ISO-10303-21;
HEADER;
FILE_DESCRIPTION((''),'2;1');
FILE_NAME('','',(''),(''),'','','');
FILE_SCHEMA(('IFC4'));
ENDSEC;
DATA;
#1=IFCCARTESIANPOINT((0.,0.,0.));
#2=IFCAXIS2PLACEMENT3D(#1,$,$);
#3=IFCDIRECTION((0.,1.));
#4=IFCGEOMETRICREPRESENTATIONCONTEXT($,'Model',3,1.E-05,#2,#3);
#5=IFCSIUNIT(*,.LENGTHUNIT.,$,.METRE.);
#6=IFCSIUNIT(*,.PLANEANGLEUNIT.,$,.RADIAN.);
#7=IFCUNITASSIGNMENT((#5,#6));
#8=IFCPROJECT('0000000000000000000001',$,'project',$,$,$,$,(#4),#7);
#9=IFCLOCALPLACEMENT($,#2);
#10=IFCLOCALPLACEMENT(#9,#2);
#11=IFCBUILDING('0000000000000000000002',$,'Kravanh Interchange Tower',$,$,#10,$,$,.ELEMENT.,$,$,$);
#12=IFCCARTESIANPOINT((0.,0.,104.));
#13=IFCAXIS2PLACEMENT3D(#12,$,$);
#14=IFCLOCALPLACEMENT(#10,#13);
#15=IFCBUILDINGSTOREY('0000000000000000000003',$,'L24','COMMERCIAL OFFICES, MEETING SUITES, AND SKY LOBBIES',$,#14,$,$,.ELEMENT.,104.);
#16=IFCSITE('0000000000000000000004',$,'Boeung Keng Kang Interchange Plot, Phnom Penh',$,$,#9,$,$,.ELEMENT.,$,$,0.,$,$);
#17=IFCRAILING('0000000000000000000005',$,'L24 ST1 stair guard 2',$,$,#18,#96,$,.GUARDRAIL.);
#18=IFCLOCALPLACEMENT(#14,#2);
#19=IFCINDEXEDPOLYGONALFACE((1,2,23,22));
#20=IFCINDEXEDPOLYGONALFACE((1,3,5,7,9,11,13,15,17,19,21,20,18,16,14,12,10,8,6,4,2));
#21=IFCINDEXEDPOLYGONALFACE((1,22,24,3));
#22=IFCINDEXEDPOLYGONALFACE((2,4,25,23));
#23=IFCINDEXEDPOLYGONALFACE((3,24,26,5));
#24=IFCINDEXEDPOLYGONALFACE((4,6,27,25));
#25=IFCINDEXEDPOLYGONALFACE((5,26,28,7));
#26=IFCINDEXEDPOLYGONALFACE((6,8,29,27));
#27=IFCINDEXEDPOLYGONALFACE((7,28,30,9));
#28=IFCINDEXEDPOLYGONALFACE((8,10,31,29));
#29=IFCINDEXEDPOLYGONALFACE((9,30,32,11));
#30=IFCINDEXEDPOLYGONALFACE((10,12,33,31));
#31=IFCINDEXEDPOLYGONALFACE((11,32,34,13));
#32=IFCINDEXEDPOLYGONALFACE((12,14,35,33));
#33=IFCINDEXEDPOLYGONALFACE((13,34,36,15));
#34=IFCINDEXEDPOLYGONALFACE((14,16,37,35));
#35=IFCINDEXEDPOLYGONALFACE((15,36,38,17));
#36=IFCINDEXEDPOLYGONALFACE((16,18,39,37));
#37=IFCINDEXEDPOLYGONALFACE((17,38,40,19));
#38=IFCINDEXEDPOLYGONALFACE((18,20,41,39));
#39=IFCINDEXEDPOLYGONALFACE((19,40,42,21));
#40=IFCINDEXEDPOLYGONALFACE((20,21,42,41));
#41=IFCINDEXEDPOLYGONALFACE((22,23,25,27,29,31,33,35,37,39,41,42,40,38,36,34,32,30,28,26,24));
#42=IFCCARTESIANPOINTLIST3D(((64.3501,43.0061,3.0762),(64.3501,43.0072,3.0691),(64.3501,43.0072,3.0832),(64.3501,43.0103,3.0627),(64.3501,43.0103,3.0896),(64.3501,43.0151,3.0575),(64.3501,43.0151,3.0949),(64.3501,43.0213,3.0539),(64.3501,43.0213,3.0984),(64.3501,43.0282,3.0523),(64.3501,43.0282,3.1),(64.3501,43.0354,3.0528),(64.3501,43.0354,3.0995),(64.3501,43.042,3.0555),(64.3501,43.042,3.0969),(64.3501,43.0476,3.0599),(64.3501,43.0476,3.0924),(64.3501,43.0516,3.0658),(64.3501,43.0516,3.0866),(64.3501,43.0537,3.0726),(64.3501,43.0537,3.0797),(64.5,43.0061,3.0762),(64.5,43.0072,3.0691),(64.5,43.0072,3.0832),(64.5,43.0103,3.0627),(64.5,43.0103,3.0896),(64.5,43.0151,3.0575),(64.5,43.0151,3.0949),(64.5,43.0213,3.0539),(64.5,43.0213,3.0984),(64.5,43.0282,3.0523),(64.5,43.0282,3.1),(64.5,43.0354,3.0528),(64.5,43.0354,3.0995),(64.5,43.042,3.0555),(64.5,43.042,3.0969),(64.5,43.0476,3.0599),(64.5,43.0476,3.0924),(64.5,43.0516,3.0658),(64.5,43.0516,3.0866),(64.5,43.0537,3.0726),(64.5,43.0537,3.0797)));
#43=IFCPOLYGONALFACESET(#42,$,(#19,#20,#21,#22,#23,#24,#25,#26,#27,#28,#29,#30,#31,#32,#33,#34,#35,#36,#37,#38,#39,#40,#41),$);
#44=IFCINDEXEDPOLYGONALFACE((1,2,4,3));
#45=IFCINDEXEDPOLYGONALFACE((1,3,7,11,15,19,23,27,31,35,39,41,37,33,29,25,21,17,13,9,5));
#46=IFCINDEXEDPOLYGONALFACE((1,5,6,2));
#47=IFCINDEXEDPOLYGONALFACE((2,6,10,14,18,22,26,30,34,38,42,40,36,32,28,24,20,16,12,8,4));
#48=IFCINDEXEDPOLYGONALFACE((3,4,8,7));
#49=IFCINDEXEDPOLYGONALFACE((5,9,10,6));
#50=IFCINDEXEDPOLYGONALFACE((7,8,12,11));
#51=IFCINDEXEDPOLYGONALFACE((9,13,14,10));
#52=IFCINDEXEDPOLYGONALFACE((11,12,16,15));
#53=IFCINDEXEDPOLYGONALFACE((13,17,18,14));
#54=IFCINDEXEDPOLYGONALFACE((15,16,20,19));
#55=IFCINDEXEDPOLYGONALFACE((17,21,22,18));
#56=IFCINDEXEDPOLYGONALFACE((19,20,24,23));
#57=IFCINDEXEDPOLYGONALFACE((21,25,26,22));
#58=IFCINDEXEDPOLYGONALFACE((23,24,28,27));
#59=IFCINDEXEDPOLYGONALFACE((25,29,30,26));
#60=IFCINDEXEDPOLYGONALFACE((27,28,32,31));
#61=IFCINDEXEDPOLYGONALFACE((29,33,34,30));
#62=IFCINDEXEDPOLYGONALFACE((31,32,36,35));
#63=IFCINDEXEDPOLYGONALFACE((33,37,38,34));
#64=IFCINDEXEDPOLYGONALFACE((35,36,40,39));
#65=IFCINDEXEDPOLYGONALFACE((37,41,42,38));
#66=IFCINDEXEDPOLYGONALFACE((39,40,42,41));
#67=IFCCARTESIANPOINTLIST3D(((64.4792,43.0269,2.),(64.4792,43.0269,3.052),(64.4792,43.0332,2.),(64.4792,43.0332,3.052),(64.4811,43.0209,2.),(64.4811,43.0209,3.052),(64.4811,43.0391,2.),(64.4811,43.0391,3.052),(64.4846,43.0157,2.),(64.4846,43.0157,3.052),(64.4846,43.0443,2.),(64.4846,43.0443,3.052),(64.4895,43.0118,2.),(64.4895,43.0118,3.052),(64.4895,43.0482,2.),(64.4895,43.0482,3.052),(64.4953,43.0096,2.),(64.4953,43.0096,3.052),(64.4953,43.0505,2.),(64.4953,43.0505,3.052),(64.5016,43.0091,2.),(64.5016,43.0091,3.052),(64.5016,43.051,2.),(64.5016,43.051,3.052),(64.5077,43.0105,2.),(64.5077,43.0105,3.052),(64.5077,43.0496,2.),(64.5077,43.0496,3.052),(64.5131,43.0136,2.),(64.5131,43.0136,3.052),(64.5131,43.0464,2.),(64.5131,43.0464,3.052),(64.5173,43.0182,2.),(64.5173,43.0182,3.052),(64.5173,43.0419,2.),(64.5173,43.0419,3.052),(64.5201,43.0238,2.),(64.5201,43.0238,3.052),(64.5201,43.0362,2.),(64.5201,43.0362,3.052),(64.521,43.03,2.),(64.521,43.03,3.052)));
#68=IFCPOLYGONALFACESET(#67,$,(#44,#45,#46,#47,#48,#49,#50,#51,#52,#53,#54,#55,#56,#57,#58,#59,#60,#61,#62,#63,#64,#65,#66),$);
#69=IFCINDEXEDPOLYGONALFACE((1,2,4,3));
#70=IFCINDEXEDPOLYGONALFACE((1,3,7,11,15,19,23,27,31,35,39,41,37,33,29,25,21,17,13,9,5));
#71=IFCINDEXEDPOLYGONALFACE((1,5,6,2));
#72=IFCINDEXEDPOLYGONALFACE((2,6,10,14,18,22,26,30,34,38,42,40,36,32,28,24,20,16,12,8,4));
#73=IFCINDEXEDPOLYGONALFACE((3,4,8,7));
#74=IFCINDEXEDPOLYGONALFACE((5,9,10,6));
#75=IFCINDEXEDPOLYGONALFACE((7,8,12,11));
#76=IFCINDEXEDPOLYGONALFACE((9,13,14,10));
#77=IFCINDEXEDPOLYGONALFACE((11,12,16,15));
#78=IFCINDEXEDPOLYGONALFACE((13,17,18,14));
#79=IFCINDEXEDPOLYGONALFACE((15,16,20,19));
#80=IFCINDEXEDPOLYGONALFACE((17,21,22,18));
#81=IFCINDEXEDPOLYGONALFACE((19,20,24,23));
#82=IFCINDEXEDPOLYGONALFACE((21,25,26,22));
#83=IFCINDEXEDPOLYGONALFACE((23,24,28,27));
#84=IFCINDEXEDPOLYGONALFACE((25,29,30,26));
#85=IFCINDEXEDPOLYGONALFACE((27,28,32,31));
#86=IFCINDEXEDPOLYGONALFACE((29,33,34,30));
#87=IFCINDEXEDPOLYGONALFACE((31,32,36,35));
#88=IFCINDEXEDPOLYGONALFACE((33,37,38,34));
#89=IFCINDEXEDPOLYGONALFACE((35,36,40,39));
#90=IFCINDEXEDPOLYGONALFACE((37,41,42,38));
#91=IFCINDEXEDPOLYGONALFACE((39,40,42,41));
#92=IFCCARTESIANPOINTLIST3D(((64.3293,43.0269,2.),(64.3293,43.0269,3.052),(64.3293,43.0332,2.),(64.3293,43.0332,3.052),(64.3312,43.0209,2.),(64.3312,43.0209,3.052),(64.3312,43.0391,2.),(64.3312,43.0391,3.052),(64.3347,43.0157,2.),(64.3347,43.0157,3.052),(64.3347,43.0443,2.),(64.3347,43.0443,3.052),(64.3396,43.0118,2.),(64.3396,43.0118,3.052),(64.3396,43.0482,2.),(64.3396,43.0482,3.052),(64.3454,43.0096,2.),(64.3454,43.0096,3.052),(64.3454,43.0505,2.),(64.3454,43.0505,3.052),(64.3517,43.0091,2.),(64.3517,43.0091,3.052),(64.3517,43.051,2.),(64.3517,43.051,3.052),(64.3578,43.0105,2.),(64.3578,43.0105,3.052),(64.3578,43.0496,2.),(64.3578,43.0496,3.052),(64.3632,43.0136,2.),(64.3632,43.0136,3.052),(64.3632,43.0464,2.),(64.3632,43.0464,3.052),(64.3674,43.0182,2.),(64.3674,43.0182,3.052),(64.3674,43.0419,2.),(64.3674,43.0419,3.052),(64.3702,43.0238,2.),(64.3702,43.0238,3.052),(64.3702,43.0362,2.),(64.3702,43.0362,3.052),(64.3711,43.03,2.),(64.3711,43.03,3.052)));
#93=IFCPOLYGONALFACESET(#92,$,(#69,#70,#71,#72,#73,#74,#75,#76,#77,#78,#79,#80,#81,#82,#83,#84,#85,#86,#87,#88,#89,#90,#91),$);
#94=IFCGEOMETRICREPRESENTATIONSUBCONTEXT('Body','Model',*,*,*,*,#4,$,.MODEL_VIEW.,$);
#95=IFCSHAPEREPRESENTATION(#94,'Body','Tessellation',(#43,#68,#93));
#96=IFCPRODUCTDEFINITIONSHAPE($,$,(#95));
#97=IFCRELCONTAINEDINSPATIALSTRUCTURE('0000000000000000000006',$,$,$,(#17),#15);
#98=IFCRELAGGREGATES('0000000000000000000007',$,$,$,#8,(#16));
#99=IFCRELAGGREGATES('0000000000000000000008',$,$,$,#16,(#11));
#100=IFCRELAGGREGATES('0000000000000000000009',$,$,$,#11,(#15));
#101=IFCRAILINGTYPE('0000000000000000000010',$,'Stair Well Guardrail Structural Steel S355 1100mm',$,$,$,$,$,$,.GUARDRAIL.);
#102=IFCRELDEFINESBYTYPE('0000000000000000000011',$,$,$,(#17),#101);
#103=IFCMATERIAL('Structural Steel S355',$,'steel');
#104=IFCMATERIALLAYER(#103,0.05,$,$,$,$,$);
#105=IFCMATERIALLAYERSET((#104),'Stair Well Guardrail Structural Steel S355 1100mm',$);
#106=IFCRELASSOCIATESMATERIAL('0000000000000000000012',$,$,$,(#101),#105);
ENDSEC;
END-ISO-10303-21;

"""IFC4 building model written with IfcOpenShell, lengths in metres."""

from ifc_helpers import new_model, si_unit, direction, frame, origin, origin_2d, place, context, subcontext, project, spatial, circle, extrude, material, layer, layer_set, type_object, element, save


model = new_model("IFC4")

# Units and contexts
model_context = context("Model", 3, precision=1e-05, world=origin(), true_north=direction((0.0, 1.0)))
body_context = subcontext(model_context, "Body", "Model", "MODEL_VIEW")
ifc_project = project(units=[si_unit("LENGTHUNIT", "METRE"), si_unit("PLANEANGLEUNIT", "RADIAN")], contexts=[model_context])

# Site, building, storey
site_placement = place(None, origin())
site = spatial("IfcSite", under=ifc_project, at=site_placement, Name="Boeung Keng Kang Interchange Plot, Phnom Penh", CompositionType="ELEMENT", RefElevation=0.0)
building_placement = place(site_placement, origin())
building = spatial("IfcBuilding", under=site, at=building_placement, Name="Kravanh Interchange Tower", CompositionType="ELEMENT")
storey_placement = place(building_placement, frame((0.0, 0.0, 104.0)))
storey = spatial("IfcBuildingStorey", under=building, at=storey_placement, Name="L24", Description="COMMERCIAL OFFICES, MEETING SUITES, AND SKY LOBBIES", CompositionType="ELEMENT", Elevation=104.0)

# Railing
ifc_material_1 = material(Name="Structural Steel S355", Category="steel")
ifc_layer_1 = layer(ifc_material_1, 0.05)
ifc_layer_set_1 = layer_set([ifc_layer_1], Name="Stair Well Guardrail Structural Steel S355 1100mm")
railing_type_1 = type_object("IfcRailingType", Name="Stair Well Guardrail Structural Steel S355 1100mm", PredefinedType="GUARDRAIL", material=ifc_layer_set_1)
railing_1_placement = place(storey_placement, frame((64.5, 43.03, 2.0)))
element("IfcRailing", 1, at=railing_1_placement, inside=storey, type_object=railing_type_1, Name="L24 ST1 stair guard 2", PredefinedType="GUARDRAIL", context=body_context, shape_type="SweptSolid", body=[
    extrude(circle(Radius=0.0239, at=origin_2d()), frame((0.0, 0.0, 1.0762), z_axis=(-1.0, 0.0, 0.0), x_axis=(0.0, -1.0, 0.0)), (0.0, 0.0, 1.0), 0.1499),
    extrude(circle(Radius=0.021, at=origin_2d()), origin(), (0.0, 0.0, 1.0), 1.052),
    extrude(circle(Radius=0.021, at=origin_2d()), frame((-0.1499, 0.0, 0.0)), (0.0, 0.0, 1.0), 1.052),
])

save(model, "model.ifc")
